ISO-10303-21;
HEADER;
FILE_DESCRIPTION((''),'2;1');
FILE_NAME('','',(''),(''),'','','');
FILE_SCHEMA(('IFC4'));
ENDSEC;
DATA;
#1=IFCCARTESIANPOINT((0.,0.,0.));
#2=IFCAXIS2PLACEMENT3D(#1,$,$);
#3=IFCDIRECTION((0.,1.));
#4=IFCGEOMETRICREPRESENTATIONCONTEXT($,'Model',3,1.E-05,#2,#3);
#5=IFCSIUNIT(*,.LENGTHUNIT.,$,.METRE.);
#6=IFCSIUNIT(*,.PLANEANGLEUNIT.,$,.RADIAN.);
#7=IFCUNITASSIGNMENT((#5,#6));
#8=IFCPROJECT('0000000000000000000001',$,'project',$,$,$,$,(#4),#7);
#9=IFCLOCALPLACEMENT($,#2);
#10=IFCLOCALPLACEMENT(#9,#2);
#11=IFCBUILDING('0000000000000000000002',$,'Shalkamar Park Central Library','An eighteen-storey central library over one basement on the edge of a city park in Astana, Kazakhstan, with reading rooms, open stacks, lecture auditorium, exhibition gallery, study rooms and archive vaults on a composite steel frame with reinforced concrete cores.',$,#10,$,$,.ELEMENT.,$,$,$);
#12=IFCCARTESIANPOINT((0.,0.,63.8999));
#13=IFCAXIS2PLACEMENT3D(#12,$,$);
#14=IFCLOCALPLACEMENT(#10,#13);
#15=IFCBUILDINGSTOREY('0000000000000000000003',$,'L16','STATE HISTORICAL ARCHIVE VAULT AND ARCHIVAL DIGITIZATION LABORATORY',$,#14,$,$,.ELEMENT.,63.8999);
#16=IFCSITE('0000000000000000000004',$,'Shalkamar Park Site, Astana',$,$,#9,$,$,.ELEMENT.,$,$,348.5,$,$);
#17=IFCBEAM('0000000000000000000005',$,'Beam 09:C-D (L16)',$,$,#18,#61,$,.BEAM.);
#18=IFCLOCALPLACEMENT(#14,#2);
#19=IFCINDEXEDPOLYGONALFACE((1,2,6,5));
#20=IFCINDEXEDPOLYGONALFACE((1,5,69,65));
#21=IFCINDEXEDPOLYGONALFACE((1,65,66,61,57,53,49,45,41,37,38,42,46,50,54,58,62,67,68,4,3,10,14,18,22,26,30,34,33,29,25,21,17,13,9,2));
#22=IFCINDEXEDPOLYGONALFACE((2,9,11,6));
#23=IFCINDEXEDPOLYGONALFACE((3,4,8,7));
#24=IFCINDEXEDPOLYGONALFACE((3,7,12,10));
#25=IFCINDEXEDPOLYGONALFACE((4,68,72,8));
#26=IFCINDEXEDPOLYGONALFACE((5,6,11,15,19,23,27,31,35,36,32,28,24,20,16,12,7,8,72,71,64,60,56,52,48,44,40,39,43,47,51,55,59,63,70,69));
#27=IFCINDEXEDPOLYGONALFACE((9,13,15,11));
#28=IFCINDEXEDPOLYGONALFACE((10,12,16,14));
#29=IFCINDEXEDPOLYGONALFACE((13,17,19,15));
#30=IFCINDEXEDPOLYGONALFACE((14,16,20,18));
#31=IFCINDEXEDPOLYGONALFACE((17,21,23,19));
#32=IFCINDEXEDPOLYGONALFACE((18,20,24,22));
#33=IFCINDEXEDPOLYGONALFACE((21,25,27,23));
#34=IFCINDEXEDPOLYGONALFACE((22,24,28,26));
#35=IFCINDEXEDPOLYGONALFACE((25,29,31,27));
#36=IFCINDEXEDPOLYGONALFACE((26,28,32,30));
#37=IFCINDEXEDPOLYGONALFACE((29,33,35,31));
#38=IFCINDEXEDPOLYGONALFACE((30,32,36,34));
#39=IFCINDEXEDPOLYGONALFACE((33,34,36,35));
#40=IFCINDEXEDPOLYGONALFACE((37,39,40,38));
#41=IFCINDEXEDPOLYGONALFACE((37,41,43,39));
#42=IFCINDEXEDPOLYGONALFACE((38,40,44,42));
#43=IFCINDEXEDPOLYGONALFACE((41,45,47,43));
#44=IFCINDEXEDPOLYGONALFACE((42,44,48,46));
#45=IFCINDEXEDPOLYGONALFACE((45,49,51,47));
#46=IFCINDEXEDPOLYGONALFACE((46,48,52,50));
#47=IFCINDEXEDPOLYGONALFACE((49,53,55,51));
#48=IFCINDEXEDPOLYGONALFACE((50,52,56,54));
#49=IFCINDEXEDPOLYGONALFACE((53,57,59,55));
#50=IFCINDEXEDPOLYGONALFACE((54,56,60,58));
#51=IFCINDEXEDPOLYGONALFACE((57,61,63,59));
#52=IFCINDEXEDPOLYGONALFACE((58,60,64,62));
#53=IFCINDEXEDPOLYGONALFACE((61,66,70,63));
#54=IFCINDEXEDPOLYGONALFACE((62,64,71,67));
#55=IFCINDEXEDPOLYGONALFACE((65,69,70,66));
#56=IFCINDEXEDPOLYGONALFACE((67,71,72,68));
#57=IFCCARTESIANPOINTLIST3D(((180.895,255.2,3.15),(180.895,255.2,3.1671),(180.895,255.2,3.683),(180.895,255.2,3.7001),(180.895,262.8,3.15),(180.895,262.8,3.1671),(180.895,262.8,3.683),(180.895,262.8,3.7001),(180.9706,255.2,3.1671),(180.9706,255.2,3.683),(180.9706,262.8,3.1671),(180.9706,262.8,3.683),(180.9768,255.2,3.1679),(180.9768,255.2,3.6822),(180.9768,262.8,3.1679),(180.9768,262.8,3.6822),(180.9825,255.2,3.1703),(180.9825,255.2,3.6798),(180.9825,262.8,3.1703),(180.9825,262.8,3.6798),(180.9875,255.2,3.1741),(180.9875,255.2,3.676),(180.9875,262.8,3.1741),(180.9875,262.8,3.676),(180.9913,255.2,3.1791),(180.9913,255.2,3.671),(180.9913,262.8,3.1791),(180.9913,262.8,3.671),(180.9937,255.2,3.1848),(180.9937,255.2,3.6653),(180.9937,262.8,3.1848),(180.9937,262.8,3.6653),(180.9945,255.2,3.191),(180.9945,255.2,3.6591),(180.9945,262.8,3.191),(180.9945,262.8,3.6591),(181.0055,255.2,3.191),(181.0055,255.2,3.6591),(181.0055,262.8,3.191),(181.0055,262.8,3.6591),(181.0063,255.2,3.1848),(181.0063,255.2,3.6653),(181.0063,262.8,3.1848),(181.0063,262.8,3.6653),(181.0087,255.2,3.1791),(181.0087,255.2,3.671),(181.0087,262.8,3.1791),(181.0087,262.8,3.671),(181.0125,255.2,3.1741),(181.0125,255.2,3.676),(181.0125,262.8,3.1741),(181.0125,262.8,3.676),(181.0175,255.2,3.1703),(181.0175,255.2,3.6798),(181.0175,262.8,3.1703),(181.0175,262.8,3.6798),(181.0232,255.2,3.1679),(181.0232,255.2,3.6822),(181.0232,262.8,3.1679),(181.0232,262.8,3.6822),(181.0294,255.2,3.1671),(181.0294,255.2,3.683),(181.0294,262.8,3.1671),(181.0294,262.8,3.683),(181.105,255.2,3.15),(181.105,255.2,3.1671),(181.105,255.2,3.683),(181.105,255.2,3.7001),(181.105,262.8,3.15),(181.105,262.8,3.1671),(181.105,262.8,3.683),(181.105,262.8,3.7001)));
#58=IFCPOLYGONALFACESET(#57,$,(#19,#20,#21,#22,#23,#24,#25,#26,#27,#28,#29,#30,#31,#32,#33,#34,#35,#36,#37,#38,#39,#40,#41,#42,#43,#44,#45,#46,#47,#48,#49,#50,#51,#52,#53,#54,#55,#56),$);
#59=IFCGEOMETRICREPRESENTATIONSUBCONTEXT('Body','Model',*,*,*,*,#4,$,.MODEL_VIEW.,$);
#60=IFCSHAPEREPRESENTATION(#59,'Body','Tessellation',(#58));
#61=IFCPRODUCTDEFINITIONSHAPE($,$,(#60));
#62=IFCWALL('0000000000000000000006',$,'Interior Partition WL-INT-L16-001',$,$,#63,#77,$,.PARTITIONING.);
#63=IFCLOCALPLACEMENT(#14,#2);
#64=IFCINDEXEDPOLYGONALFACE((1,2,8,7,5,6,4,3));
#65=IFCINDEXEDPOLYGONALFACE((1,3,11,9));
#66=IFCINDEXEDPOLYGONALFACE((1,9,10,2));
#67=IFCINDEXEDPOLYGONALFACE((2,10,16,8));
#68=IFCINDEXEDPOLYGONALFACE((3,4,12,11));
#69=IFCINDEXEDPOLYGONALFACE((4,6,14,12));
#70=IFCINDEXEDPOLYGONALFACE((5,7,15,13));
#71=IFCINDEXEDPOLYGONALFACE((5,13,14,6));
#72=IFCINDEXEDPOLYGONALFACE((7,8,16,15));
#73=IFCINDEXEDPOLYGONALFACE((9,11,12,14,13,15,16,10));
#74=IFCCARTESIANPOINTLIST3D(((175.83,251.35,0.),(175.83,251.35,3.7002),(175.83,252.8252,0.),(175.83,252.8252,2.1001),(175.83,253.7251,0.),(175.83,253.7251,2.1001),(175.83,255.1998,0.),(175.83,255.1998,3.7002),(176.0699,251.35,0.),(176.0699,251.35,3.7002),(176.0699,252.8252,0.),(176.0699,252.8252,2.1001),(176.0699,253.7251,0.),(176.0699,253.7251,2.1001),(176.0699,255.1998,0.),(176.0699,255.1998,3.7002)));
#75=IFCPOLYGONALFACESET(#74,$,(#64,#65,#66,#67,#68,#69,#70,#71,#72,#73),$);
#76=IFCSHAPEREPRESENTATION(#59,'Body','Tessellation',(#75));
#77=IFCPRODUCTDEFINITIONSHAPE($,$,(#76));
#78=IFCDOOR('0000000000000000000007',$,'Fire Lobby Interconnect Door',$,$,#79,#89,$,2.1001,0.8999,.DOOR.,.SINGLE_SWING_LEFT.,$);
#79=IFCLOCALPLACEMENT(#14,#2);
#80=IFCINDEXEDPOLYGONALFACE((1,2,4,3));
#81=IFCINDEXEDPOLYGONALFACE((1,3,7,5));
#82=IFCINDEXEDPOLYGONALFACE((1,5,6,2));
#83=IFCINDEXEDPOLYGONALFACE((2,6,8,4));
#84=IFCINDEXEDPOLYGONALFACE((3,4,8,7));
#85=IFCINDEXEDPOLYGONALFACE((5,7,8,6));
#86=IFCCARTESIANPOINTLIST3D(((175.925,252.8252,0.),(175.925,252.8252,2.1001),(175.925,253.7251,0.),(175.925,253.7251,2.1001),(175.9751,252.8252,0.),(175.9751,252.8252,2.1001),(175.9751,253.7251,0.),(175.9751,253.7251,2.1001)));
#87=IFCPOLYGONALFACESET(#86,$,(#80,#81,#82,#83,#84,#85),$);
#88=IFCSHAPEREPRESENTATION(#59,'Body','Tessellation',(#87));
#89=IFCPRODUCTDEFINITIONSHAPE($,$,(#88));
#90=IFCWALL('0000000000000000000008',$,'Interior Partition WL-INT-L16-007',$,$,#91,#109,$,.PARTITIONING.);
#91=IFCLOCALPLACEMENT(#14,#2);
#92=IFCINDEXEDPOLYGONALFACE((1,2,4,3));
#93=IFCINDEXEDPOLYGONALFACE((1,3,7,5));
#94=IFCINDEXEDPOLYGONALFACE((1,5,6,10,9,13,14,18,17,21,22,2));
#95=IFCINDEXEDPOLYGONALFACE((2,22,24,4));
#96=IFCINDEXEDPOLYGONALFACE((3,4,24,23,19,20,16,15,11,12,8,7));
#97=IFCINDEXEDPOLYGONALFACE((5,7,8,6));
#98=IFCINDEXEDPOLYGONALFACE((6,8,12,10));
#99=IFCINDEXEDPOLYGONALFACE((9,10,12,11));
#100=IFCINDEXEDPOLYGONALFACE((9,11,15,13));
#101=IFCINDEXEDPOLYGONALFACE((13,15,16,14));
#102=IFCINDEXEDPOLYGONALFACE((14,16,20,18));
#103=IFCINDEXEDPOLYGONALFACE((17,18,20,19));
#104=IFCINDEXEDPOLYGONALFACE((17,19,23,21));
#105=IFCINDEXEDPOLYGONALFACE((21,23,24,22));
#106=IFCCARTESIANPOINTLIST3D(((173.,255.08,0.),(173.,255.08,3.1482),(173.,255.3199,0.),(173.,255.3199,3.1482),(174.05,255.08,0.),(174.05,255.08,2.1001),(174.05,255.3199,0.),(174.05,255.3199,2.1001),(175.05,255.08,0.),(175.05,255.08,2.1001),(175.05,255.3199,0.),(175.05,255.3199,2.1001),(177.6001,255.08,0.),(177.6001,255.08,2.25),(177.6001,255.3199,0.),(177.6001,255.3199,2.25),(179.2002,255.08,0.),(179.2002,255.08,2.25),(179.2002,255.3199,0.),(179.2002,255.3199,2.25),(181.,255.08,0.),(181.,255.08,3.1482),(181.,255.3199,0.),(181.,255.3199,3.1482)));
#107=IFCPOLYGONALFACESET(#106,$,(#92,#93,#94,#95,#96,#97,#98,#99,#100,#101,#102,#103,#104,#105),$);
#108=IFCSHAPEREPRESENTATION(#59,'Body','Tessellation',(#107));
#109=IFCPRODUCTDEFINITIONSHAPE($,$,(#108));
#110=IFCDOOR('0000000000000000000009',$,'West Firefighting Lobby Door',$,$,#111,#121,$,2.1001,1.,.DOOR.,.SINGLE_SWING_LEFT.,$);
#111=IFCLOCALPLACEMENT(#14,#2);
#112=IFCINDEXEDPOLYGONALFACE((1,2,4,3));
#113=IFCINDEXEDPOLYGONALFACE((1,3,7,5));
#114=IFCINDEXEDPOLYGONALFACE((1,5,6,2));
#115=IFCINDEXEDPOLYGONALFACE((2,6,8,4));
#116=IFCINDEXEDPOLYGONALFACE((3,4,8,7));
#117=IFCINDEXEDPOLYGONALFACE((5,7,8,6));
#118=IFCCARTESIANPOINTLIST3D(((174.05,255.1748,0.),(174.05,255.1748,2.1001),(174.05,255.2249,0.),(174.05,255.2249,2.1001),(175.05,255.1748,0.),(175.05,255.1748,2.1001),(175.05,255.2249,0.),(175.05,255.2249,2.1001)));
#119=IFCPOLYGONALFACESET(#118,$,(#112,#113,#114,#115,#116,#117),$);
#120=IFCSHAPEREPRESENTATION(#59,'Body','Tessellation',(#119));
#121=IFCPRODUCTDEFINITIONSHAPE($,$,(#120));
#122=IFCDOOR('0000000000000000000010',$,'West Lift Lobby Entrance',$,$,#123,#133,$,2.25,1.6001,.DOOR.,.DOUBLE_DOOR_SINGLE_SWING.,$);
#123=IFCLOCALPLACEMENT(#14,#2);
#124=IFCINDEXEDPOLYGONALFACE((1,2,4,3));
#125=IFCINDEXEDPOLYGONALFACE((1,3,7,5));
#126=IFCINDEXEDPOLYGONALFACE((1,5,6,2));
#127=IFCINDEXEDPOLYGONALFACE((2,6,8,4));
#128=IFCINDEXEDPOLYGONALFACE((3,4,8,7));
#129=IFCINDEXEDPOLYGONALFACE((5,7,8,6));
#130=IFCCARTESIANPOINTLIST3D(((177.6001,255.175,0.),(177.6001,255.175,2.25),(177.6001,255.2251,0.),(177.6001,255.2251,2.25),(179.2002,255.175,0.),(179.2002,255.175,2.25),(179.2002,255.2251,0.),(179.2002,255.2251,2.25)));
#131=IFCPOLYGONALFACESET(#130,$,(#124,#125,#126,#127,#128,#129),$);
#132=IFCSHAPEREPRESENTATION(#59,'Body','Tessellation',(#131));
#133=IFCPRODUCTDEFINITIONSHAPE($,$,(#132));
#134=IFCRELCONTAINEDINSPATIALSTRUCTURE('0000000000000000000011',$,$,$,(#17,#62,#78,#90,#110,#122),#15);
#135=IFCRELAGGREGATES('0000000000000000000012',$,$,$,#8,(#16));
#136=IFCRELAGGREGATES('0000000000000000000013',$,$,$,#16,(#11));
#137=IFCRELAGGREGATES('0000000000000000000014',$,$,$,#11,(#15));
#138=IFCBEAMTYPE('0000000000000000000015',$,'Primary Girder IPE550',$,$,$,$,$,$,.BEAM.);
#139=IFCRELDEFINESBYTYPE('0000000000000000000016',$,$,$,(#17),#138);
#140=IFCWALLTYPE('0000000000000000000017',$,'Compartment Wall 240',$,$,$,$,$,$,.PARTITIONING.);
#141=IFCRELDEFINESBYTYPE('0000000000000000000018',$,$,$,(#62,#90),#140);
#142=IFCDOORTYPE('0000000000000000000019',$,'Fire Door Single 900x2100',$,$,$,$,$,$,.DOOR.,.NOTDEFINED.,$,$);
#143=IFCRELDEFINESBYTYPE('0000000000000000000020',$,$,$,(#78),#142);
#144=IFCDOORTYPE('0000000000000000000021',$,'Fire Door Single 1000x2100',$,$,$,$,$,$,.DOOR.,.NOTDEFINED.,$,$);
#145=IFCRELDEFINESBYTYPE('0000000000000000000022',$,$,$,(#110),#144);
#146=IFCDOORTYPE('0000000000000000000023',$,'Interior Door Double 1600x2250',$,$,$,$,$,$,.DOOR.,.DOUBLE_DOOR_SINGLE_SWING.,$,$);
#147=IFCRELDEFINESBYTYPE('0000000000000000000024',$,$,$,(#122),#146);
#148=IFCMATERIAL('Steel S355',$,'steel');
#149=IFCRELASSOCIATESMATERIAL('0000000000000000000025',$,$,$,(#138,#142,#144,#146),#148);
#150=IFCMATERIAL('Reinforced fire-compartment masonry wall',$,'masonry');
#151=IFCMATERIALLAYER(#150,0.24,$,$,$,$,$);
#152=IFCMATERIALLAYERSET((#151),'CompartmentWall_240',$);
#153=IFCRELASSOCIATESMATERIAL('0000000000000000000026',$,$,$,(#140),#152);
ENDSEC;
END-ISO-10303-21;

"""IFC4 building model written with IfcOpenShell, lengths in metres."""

from ifc_helpers import new_model, si_unit, direction, frame, frame_2d, origin, origin_2d, place, context, subcontext, project, spatial, rectangle, i_section, extrude, material, layer, layer_set, material_profile, profile_set, type_object, element, fill, save


model = new_model("IFC4")

# Units and contexts
model_context = context("Model", 3, precision=1e-05, world=origin(), true_north=direction((0.0, 1.0)))
body_context = subcontext(model_context, "Body", "Model", "MODEL_VIEW")
ifc_project = project(units=[si_unit("LENGTHUNIT", "METRE"), si_unit("PLANEANGLEUNIT", "RADIAN")], contexts=[model_context])

# Site, building, storey
site_placement = place(None, origin())
site = spatial("IfcSite", under=ifc_project, at=site_placement, Name="Shalkamar Park Site, Astana", CompositionType="ELEMENT", RefElevation=348.5)
building_placement = place(site_placement, origin())
building = spatial("IfcBuilding", under=site, at=building_placement, Name="Shalkamar Park Central Library", Description="An eighteen-storey central library over one basement on the edge of a city park in Astana, Kazakhstan, with reading rooms, open stacks, lecture auditorium, exhibition gallery, study rooms and archive vaults on a composite steel frame with reinforced concrete cores.", CompositionType="ELEMENT")
storey_placement = place(building_placement, frame((0.0, 0.0, 63.8999)))
storey = spatial("IfcBuildingStorey", under=building, at=storey_placement, Name="L16", Description="STATE HISTORICAL ARCHIVE VAULT AND ARCHIVAL DIGITIZATION LABORATORY", CompositionType="ELEMENT", Elevation=63.8999)

# Shared definitions
ifc_material_1 = material(Name="Steel S355", Category="steel")

# Beam
ifc_material_profile_1 = material_profile(ifc_material_1, i_section(OverallWidth=0.21, OverallDepth=0.55, WebThickness=0.011, FlangeThickness=0.0171, FilletRadius=0.0239, at=origin_2d()), Name="IPE 550")
ifc_profile_set_1 = profile_set([ifc_material_profile_1], Name="Steel S355")
beam_type_1 = type_object("IfcBeamType", Name="Primary Girder IPE550", PredefinedType="BEAM", material=ifc_profile_set_1)
for number, where, z_axis, x_axis, name in (
    (1, (181.0, 255.2, 3.425), (0.0, 1.0, 0.0), (-1.0, 0.0, 0.0), "Beam 09:C-D (L16)"),
):
    element("IfcBeam", number, at=place(storey_placement, frame(where, z_axis=z_axis, x_axis=x_axis)), inside=storey, type_object=beam_type_1, Name=name, PredefinedType="BEAM", context=body_context, shape_type="SweptSolid", body=[
        extrude(i_section(OverallWidth=0.21, OverallDepth=0.55, WebThickness=0.011, FlangeThickness=0.0171, FilletRadius=0.0239, at=origin_2d()), origin(), (0.0, 0.0, 1.0), 7.6001),
    ])

# Wall, opening, door
ifc_material_2 = material(Name="Reinforced fire-compartment masonry wall", Category="masonry")
ifc_layer_1 = layer(ifc_material_2, 0.24)
ifc_layer_set_1 = layer_set([ifc_layer_1], Name="CompartmentWall_240")
wall_type_1 = type_object("IfcWallType", Name="Compartment Wall 240", PredefinedType="PARTITIONING", material=ifc_layer_set_1)
wall_1_placement = place(storey_placement, frame((175.95, 251.3501, 0.0), z_axis=(0.0, 0.0, 1.0), x_axis=(0.0, 1.0, 0.0)))
wall_1 = element("IfcWall", 2, at=wall_1_placement, inside=storey, type_object=wall_type_1, Name="Interior Partition WL-INT-L16-001", PredefinedType="PARTITIONING", context=body_context, shape_type="SweptSolid", body=[
    extrude(rectangle(XDim=3.8499, YDim=0.24, at=frame_2d((1.9248, 0.0))), origin(), (0.0, 0.0, 1.0), 3.7002),
])
opening_1_placement = place(wall_1_placement, frame((1.4751, 0.0, 0.0)))
opening_1 = element("IfcOpeningElement", 3, at=opening_1_placement, cuts=wall_1, PredefinedType="OPENING", context=body_context, shape_type="SweptSolid", body=[
    extrude(rectangle(XDim=0.8999, YDim=2.1001, at=frame_2d((0.45, 1.05))), frame((0.0, 0.1348, 0.0), z_axis=(0.0, -1.0, 0.0), x_axis=(1.0, 0.0, 0.0)), (0.0, 0.0, 1.0), 0.2698),
])
door_type_1 = type_object("IfcDoorType", Name="Fire Door Single 900x2100", OperationType="NOTDEFINED", PredefinedType="DOOR", material=ifc_material_1)
door_1_placement = place(opening_1_placement, origin())
door_1 = element("IfcDoor", 4, at=door_1_placement, inside=storey, type_object=door_type_1, Name="Fire Lobby Interconnect Door", OperationType="SINGLE_SWING_LEFT", OverallHeight=2.1001, OverallWidth=0.8999, PredefinedType="DOOR", context=body_context, shape_type="SweptSolid", body=[
    extrude(rectangle(XDim=0.8999, YDim=2.1001, at=frame_2d((0.45, 1.05))), frame((0.0, 0.0249, 0.0), z_axis=(0.0, -1.0, 0.0), x_axis=(1.0, 0.0, 0.0)), (0.0, 0.0, 1.0), 0.05),
])
fill(opening_1, door_1)

# Wall, openings, doors
wall_2_placement = place(storey_placement, frame((173.0, 255.2, 0.0), z_axis=(0.0, 0.0, 1.0), x_axis=(1.0, 0.0, 0.0)))
wall_2 = element("IfcWall", 5, at=wall_2_placement, inside=storey, type_object=wall_type_1, Name="Interior Partition WL-INT-L16-007", PredefinedType="PARTITIONING", context=body_context, shape_type="SweptSolid", body=[
    extrude(rectangle(XDim=8.0, YDim=0.24, at=frame_2d((4.0, 0.0))), origin(), (0.0, 0.0, 1.0), 3.1482),
])
opening_2_placement = place(wall_2_placement, frame((1.05, 0.0, 0.0)))
opening_2 = element("IfcOpeningElement", 6, at=opening_2_placement, cuts=wall_2, PredefinedType="OPENING", context=body_context, shape_type="SweptSolid", body=[
    extrude(rectangle(XDim=1.0, YDim=2.1001, at=frame_2d((0.5, 1.05))), frame((0.0, 0.1348, 0.0), z_axis=(0.0, -1.0, 0.0), x_axis=(1.0, 0.0, 0.0)), (0.0, 0.0, 1.0), 0.2698),
])
opening_3_placement = place(wall_2_placement, frame((4.6001, 0.0, 0.0)))
opening_3 = element("IfcOpeningElement", 7, at=opening_3_placement, cuts=wall_2, PredefinedType="OPENING", context=body_context, shape_type="SweptSolid", body=[
    extrude(rectangle(XDim=1.6001, YDim=2.25, at=frame_2d((0.8, 1.125))), frame((0.0, 0.1348, 0.0), z_axis=(0.0, -1.0, 0.0), x_axis=(1.0, 0.0, 0.0)), (0.0, 0.0, 1.0), 0.2698),
])
door_type_2 = type_object("IfcDoorType", Name="Fire Door Single 1000x2100", OperationType="NOTDEFINED", PredefinedType="DOOR", material=ifc_material_1)
door_2_placement = place(opening_2_placement, origin())
door_2 = element("IfcDoor", 8, at=door_2_placement, inside=storey, type_object=door_type_2, Name="West Firefighting Lobby Door", OperationType="SINGLE_SWING_LEFT", OverallHeight=2.1001, OverallWidth=1.0, PredefinedType="DOOR", context=body_context, shape_type="SweptSolid", body=[
    extrude(rectangle(XDim=1.0, YDim=2.1001, at=frame_2d((0.5, 1.05))), frame((0.0, 0.0249, 0.0), z_axis=(0.0, -1.0, 0.0), x_axis=(1.0, 0.0, 0.0)), (0.0, 0.0, 1.0), 0.05),
])
fill(opening_2, door_2)
door_type_3 = type_object("IfcDoorType", Name="Interior Door Double 1600x2250", OperationType="DOUBLE_DOOR_SINGLE_SWING", PredefinedType="DOOR", material=ifc_material_1)
door_3_placement = place(opening_3_placement, frame((1.6001, 0.0, 0.0), z_axis=(0.0, 0.0, 1.0), x_axis=(-1.0, 0.0, 0.0)))
door_3 = element("IfcDoor", 9, at=door_3_placement, inside=storey, type_object=door_type_3, Name="West Lift Lobby Entrance", OperationType="DOUBLE_DOOR_SINGLE_SWING", OverallHeight=2.25, OverallWidth=1.6001, PredefinedType="DOOR", context=body_context, shape_type="SweptSolid", body=[
    extrude(rectangle(XDim=1.6001, YDim=2.25, at=frame_2d((0.8, 1.125))), frame((0.0, 0.0249, 0.0), z_axis=(0.0, -1.0, 0.0), x_axis=(1.0, 0.0, 0.0)), (0.0, 0.0, 1.0), 0.05),
])
fill(opening_3, door_3)

save(model, "model.ifc")
